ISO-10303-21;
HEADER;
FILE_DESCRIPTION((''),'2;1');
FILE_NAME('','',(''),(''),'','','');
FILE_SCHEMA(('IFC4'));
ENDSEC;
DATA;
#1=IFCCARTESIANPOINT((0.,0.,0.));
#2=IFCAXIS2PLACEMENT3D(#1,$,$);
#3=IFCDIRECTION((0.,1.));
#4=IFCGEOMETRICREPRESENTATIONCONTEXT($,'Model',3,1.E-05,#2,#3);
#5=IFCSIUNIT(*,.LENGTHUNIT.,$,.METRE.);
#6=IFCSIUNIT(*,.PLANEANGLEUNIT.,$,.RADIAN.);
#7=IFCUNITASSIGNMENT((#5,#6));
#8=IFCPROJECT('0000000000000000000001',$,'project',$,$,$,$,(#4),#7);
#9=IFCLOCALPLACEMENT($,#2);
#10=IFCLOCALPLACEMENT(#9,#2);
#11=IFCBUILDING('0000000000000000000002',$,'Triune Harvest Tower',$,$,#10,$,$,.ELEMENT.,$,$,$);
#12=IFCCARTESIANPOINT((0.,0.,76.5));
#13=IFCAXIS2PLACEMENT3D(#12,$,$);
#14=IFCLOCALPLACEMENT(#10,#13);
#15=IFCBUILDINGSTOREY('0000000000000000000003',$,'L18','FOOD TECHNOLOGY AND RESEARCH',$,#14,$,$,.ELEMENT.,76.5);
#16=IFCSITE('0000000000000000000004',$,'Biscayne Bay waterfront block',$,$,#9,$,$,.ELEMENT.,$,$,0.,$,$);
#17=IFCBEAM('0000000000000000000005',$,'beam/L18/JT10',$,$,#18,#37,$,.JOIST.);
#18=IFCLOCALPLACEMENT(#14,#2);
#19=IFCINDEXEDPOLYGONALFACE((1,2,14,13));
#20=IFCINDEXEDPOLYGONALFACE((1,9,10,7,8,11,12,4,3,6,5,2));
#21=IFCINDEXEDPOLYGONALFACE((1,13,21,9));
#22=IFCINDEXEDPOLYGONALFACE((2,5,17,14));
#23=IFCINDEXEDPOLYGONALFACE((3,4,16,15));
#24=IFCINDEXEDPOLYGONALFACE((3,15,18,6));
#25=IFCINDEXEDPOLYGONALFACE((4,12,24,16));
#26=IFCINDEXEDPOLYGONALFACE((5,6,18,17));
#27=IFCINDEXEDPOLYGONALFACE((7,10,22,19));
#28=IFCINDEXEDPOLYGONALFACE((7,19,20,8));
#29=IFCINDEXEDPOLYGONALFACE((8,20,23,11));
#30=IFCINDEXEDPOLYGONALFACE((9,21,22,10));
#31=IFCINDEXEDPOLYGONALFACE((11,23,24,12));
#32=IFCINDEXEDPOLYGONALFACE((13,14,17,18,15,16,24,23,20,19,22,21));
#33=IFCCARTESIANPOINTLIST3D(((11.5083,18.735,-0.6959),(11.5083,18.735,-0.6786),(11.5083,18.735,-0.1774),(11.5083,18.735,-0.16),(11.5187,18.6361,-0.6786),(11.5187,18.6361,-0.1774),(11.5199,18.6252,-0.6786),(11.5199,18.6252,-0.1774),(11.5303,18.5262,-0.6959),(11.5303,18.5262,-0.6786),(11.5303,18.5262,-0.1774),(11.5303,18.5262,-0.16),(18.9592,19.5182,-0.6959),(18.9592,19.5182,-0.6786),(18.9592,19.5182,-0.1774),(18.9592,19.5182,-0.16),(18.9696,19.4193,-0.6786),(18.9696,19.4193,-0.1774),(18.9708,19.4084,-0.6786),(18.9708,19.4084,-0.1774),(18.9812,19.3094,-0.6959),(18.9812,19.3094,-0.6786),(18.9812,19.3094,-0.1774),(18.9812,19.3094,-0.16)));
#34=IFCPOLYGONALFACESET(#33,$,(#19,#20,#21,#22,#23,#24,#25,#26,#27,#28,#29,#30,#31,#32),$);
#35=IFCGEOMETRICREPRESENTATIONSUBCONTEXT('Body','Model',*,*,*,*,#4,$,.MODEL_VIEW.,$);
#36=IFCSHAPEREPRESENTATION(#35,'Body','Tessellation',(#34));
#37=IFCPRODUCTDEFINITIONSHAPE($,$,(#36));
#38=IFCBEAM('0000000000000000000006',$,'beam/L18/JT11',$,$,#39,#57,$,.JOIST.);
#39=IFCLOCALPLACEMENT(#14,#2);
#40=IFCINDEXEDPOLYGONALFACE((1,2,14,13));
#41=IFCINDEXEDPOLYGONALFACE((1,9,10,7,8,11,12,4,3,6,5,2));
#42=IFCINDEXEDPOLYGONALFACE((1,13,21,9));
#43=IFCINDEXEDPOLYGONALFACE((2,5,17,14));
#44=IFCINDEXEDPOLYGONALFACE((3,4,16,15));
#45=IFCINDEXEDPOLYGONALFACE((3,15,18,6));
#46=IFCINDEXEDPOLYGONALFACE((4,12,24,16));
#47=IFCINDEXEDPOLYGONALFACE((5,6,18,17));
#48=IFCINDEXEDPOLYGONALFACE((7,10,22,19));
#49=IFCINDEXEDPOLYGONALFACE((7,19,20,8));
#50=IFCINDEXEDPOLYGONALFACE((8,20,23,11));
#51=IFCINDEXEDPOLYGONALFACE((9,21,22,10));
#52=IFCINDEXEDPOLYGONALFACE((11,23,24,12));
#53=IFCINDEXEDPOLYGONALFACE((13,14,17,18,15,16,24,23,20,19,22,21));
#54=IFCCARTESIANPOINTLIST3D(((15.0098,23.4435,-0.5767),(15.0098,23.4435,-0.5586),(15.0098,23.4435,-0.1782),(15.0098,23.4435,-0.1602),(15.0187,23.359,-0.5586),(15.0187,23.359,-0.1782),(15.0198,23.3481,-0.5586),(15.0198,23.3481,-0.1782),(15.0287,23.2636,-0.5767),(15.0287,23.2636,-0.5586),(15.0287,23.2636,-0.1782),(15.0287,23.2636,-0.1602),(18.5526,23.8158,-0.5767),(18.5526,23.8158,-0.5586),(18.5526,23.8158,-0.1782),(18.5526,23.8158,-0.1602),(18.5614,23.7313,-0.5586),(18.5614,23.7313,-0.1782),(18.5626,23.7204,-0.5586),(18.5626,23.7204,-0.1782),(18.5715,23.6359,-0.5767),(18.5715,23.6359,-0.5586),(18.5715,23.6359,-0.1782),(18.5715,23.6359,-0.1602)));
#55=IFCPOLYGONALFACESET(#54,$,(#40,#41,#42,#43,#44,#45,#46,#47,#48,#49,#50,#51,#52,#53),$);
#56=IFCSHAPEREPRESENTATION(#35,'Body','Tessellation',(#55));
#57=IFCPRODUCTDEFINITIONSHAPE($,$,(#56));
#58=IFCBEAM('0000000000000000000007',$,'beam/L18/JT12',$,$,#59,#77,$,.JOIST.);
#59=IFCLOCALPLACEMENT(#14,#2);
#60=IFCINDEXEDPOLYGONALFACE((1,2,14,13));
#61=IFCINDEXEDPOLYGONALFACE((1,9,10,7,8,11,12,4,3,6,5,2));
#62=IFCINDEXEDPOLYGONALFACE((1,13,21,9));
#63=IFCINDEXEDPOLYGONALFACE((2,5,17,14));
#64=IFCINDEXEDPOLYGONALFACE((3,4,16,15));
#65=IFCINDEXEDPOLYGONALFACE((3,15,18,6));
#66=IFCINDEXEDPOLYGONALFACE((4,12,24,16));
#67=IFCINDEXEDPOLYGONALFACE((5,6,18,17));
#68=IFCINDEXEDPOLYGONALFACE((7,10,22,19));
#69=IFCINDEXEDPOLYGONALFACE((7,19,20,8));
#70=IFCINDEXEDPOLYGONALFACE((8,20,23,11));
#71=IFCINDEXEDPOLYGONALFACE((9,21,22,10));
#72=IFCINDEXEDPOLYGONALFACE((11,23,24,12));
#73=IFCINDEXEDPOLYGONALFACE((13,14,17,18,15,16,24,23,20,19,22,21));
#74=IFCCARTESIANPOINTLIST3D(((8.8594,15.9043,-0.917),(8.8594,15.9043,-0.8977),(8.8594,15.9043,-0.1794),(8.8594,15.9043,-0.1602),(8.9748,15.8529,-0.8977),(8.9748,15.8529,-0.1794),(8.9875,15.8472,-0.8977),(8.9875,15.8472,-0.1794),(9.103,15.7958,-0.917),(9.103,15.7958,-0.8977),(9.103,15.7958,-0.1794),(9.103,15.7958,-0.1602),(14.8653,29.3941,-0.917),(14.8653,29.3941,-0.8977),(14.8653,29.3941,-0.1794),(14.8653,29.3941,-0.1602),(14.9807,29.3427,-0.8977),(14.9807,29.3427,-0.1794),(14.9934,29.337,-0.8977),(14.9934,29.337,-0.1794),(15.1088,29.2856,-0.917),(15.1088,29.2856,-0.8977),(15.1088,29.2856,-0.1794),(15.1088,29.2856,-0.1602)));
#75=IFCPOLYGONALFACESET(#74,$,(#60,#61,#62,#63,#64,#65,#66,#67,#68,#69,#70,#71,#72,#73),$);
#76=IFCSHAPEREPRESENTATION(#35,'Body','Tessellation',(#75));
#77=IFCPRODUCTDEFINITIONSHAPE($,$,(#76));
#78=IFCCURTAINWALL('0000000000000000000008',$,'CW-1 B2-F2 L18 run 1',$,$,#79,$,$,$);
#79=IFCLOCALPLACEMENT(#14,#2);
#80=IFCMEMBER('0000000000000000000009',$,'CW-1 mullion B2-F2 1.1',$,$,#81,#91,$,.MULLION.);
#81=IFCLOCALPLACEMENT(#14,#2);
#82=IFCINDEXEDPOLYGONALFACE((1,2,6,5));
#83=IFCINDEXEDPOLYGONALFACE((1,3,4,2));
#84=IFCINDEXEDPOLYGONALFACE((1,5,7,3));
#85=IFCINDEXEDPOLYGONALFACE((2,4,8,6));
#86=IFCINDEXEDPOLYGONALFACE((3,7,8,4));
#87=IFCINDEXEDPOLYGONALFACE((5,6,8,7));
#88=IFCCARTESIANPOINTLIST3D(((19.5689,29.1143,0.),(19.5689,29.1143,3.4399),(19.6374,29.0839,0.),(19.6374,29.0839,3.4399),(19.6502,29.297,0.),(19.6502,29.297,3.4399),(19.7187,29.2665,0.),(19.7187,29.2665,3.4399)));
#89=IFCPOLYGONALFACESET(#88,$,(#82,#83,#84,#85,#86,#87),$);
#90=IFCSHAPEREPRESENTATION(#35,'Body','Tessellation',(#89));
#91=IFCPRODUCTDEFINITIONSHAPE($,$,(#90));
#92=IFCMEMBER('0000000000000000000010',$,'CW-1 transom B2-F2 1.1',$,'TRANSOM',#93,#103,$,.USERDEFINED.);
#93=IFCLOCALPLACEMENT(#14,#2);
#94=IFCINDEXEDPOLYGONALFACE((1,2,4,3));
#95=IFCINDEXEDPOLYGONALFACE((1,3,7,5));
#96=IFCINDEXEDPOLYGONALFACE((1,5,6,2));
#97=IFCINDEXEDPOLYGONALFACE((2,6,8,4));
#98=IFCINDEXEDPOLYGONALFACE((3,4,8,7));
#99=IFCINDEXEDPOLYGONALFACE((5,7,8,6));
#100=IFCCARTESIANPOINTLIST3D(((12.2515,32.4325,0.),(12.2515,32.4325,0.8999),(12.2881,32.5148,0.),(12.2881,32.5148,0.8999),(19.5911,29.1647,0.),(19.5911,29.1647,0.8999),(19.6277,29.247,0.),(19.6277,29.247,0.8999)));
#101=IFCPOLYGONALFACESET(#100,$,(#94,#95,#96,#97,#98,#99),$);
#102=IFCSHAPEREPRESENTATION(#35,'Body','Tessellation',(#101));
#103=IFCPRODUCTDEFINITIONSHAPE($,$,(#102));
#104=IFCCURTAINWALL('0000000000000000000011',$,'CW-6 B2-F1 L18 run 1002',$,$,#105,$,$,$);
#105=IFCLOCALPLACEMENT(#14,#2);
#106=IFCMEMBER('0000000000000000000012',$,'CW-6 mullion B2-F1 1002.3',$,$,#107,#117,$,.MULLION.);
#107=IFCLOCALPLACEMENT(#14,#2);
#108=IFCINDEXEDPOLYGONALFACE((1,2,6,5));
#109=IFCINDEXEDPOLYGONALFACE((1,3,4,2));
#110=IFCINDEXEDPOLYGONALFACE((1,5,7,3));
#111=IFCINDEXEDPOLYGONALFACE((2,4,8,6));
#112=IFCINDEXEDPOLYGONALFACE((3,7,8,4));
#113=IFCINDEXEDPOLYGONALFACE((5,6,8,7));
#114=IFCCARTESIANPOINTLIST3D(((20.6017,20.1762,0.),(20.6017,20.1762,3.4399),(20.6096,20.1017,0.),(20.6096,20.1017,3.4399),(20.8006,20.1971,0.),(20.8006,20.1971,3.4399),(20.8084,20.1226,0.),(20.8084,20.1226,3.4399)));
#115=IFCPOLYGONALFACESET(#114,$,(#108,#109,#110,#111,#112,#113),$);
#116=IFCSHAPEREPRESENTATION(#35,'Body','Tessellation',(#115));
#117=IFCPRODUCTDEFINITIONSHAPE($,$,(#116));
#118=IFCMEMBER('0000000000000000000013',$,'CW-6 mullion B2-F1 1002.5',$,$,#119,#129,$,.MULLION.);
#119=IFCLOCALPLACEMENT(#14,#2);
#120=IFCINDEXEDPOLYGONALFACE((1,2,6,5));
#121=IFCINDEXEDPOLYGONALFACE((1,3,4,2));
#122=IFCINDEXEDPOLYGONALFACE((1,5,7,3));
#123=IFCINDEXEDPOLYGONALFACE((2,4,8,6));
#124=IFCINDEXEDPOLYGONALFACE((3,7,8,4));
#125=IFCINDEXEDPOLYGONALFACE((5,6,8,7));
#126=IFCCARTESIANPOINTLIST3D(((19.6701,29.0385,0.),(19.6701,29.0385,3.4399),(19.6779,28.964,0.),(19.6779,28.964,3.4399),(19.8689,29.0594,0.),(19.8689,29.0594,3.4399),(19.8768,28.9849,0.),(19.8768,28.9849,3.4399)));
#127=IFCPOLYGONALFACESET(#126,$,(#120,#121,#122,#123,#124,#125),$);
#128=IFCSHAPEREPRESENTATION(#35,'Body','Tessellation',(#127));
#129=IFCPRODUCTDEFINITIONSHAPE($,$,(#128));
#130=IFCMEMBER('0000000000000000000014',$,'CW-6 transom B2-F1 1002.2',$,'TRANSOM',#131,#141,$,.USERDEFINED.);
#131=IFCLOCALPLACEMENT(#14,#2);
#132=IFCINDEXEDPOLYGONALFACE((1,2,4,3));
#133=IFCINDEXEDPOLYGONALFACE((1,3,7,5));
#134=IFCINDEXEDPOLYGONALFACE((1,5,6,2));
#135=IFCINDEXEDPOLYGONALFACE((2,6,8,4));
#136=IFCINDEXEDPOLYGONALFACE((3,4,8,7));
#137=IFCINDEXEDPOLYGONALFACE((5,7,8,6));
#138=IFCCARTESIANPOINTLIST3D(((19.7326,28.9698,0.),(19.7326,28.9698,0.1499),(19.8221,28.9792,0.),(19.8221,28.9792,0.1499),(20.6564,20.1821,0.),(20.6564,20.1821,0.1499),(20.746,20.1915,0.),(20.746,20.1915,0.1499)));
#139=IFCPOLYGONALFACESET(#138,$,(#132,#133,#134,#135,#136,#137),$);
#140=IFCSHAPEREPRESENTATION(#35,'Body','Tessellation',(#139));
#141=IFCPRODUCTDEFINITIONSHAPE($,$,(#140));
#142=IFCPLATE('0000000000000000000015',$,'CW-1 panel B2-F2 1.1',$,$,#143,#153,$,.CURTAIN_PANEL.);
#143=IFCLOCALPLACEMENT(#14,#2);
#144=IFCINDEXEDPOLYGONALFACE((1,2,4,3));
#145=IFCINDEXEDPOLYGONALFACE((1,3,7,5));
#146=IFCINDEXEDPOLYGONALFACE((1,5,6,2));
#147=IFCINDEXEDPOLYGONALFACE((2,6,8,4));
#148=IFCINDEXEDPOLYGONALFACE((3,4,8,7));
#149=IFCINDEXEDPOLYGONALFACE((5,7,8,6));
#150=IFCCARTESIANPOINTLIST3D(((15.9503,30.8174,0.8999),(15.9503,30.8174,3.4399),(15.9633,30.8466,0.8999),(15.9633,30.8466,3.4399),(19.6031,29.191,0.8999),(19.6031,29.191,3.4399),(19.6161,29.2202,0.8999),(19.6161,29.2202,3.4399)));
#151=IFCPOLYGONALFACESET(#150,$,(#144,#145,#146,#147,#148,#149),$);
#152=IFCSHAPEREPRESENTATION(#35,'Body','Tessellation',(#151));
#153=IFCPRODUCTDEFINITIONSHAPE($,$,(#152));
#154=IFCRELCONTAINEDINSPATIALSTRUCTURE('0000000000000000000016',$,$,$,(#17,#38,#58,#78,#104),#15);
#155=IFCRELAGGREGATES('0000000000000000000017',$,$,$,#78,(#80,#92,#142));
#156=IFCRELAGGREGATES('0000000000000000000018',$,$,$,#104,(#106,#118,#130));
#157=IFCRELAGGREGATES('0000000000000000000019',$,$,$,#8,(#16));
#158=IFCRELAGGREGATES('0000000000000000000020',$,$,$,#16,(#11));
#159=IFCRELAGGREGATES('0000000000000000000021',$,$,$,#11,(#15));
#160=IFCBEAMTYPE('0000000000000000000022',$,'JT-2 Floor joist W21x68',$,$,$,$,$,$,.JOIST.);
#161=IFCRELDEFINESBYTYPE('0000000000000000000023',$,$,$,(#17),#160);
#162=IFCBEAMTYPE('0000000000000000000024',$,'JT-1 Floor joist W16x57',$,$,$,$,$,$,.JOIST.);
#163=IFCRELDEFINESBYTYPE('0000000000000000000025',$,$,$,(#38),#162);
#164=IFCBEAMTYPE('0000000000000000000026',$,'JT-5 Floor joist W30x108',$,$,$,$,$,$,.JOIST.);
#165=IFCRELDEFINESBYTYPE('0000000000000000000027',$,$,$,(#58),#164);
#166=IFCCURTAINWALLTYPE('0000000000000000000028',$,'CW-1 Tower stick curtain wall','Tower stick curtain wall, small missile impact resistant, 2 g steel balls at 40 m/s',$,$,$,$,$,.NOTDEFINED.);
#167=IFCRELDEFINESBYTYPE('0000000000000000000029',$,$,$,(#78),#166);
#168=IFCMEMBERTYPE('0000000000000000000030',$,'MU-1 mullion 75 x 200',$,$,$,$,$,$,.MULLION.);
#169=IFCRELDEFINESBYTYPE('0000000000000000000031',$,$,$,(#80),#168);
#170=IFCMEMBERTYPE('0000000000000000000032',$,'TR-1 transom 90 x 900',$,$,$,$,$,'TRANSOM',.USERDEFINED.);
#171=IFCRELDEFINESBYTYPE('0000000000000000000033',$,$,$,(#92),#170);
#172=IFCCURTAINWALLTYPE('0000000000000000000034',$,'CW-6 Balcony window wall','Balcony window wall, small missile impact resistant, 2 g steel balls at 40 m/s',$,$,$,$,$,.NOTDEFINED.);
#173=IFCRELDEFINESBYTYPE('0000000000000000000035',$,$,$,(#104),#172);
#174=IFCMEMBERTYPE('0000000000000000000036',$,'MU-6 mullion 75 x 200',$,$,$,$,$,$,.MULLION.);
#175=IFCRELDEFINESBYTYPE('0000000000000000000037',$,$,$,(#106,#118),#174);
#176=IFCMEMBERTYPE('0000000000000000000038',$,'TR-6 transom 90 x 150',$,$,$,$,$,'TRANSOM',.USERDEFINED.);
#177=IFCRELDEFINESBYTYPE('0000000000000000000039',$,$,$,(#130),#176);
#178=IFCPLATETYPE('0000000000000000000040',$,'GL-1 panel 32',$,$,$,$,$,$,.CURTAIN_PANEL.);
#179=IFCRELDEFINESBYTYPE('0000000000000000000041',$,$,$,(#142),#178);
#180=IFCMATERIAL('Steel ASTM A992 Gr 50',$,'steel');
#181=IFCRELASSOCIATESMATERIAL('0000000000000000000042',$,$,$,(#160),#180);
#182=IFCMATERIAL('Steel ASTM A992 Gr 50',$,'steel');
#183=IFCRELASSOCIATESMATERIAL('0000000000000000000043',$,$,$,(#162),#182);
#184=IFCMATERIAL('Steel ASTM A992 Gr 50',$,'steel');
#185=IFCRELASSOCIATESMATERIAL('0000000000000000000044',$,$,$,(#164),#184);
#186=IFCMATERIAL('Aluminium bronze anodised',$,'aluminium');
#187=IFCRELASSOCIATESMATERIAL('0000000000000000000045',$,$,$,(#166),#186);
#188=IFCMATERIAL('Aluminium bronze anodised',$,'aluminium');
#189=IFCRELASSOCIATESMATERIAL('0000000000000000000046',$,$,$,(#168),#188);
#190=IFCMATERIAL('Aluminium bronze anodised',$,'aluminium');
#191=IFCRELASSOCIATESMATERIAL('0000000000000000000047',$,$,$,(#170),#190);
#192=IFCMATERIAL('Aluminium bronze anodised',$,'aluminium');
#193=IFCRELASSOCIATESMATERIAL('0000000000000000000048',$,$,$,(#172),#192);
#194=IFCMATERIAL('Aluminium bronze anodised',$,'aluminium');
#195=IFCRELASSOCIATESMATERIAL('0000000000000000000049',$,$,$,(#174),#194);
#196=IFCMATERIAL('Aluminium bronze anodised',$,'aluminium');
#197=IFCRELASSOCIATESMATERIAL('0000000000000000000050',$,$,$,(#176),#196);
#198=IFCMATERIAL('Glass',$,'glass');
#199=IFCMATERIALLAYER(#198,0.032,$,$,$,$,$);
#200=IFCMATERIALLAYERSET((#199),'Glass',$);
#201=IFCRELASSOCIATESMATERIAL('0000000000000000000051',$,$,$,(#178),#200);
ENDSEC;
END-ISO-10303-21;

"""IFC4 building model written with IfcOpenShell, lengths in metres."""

from ifc_helpers import new_model, si_unit, direction, frame, origin, origin_2d, place, context, subcontext, project, spatial, rectangle, i_section, extrude, source, transform, mapped, material, layer, layer_set, material_profile, profile_set, type_object, element, aggregate, save


model = new_model("IFC4")

# Units and contexts
model_context = context("Model", 3, precision=1e-05, world=origin(), true_north=direction((0.0, 1.0)))
body_context = subcontext(model_context, "Body", "Model", "MODEL_VIEW")
ifc_project = project(units=[si_unit("LENGTHUNIT", "METRE"), si_unit("PLANEANGLEUNIT", "RADIAN")], contexts=[model_context])

# Site, building, storey
site_placement = place(None, origin())
site = spatial("IfcSite", under=ifc_project, at=site_placement, Name="Biscayne Bay waterfront block", CompositionType="ELEMENT", RefElevation=0.0)
building_placement = place(site_placement, origin())
building = spatial("IfcBuilding", under=site, at=building_placement, Name="Triune Harvest Tower", CompositionType="ELEMENT")
storey_placement = place(building_placement, frame((0.0, 0.0, 76.5)))
storey = spatial("IfcBuildingStorey", under=building, at=storey_placement, Name="L18", Description="FOOD TECHNOLOGY AND RESEARCH", CompositionType="ELEMENT", Elevation=76.5)

# Beams
ifc_material_1 = material(Name="Steel ASTM A992 Gr 50", Category="steel")
ifc_material_profile_1 = material_profile(ifc_material_1, i_section(OverallWidth=0.21, OverallDepth=0.5359, WebThickness=0.011, FlangeThickness=0.0173, at=origin_2d()), Name="W21x68")
ifc_profile_set_1 = profile_set([ifc_material_profile_1], Name="Steel ASTM A992 Gr 50")
beam_type_1 = type_object("IfcBeamType", Name="JT-2 Floor joist W21x68", PredefinedType="JOIST", material=ifc_profile_set_1)
shared_shape_1 = source(origin(), body_context, "Body", "SweptSolid", [
    extrude(i_section(OverallWidth=0.21, OverallDepth=0.5359, WebThickness=0.011, FlangeThickness=0.0173, at=origin_2d()), origin(), (0.0, 0.0, 1.0), 7.4919),
])
beam_1_placement = place(storey_placement, frame((18.9702, 19.4138, -0.428), z_axis=(-0.994521, -0.104539, 0.0), x_axis=(0.104539, -0.994521, 0.0)))
element("IfcBeam", 1, at=beam_1_placement, inside=storey, type_object=beam_type_1, Name="beam/L18/JT10", PredefinedType="JOIST", context=body_context, shape_type="MappedRepresentation", body=[
    mapped(shared_shape_1, transform((0.0, 0.0, 0.0), scale=1.0)),
])
ifc_material_2 = material(Name="Steel ASTM A992 Gr 50", Category="steel")
ifc_material_profile_2 = material_profile(ifc_material_2, i_section(OverallWidth=0.1809, OverallDepth=0.4165, WebThickness=0.011, FlangeThickness=0.0181, at=origin_2d()), Name="W16x57")
ifc_profile_set_2 = profile_set([ifc_material_profile_2], Name="Steel ASTM A992 Gr 50")
beam_type_2 = type_object("IfcBeamType", Name="JT-1 Floor joist W16x57", PredefinedType="JOIST", material=ifc_profile_set_2)
shared_shape_2 = source(origin(), body_context, "Body", "SweptSolid", [
    extrude(i_section(OverallWidth=0.1809, OverallDepth=0.4165, WebThickness=0.011, FlangeThickness=0.0181, at=origin_2d()), origin(), (0.0, 0.0, 1.0), 3.5623),
])
beam_2_placement = place(storey_placement, frame((18.562, 23.7258, -0.3684), z_axis=(-0.994523, -0.104517, 0.0), x_axis=(0.104517, -0.994523, 0.0)))
element("IfcBeam", 2, at=beam_2_placement, inside=storey, type_object=beam_type_2, Name="beam/L18/JT11", PredefinedType="JOIST", context=body_context, shape_type="MappedRepresentation", body=[
    mapped(shared_shape_2, transform((0.0, 0.0, 0.0), scale=1.0)),
])
ifc_material_3 = material(Name="Steel ASTM A992 Gr 50", Category="steel")
ifc_material_profile_3 = material_profile(ifc_material_3, i_section(OverallWidth=0.2666, OverallDepth=0.7568, WebThickness=0.0139, FlangeThickness=0.0193, at=origin_2d()), Name="W30x108")
ifc_profile_set_3 = profile_set([ifc_material_profile_3], Name="Steel ASTM A992 Gr 50")
beam_type_3 = type_object("IfcBeamType", Name="JT-5 Floor joist W30x108", PredefinedType="JOIST", material=ifc_profile_set_3)
shared_shape_3 = source(origin(), body_context, "Body", "SweptSolid", [
    extrude(i_section(OverallWidth=0.2666, OverallDepth=0.7568, WebThickness=0.0139, FlangeThickness=0.0193, at=origin_2d()), origin(), (0.0, 0.0, 1.0), 14.7664),
])
beam_3_placement = place(storey_placement, frame((14.9871, 29.3398, -0.5386), z_axis=(-0.406727, -0.91355, 0.0), x_axis=(0.91355, -0.406727, 0.0)))
element("IfcBeam", 3, at=beam_3_placement, inside=storey, type_object=beam_type_3, Name="beam/L18/JT12", PredefinedType="JOIST", context=body_context, shape_type="MappedRepresentation", body=[
    mapped(shared_shape_3, transform((0.0, 0.0, 0.0), scale=1.0)),
])

# Curtain walls, members
ifc_material_4 = material(Name="Aluminium bronze anodised", Category="aluminium")
curtain_wall_type_1 = type_object("IfcCurtainWallType", Name="CW-1 Tower stick curtain wall", Description="Tower stick curtain wall, small missile impact resistant, 2 g steel balls at 40 m/s", PredefinedType="NOTDEFINED", material=ifc_material_4)
curtain_wall_1_placement = place(storey_placement, origin())
curtain_wall_1 = element("IfcCurtainWall", 4, at=curtain_wall_1_placement, inside=storey, type_object=curtain_wall_type_1, Name="CW-1 B2-F2 L18 run 1")
ifc_material_5 = material(Name="Aluminium bronze anodised", Category="aluminium")
ifc_material_profile_4 = material_profile(ifc_material_5, rectangle(XDim=0.2, YDim=0.075, at=origin_2d()), Name="MU-1 mullion 75 x 200")
ifc_profile_set_4 = profile_set([ifc_material_profile_4], Name="Aluminium bronze anodised")
member_type_1 = type_object("IfcMemberType", Name="MU-1 mullion 75 x 200", PredefinedType="MULLION", material=ifc_profile_set_4)
shared_shape_4 = source(origin(), body_context, "Body", "SweptSolid", [
    extrude(rectangle(XDim=0.2, YDim=0.075, at=origin_2d()), origin(), (0.0, 0.0, 1.0), 3.4399),
])
member_1_placement = place(storey_placement, frame((19.6438, 29.1904, 0.0), z_axis=(0.0, 0.0, 1.0), x_axis=(-0.406734, -0.913547, 0.0)))
member_1 = element("IfcMember", 5, at=member_1_placement, type_object=member_type_1, Name="CW-1 mullion B2-F2 1.1", PredefinedType="MULLION", context=body_context, shape_type="MappedRepresentation", body=[
    mapped(shared_shape_4, transform((0.0, 0.0, 0.0), scale=1.0)),
])
ifc_material_6 = material(Name="Aluminium bronze anodised", Category="aluminium")
ifc_material_profile_5 = material_profile(ifc_material_6, rectangle(XDim=0.0901, YDim=0.8999, at=origin_2d()), Name="TR-1 transom 90 x 900")
ifc_profile_set_5 = profile_set([ifc_material_profile_5], Name="Aluminium bronze anodised")
member_type_2 = type_object("IfcMemberType", Name="TR-1 transom 90 x 900", ElementType="TRANSOM", PredefinedType="USERDEFINED", material=ifc_profile_set_5)
shared_shape_5 = source(origin(), body_context, "Body", "SweptSolid", [
    extrude(rectangle(XDim=0.0901, YDim=0.8999, at=origin_2d()), origin(), (0.0, 0.0, 1.0), 8.0342),
])
member_2_placement = place(storey_placement, frame((19.6094, 29.2058, 0.45), z_axis=(-0.913544, 0.406739, 0.0), x_axis=(-0.406739, -0.913544, 0.0)))
member_2 = element("IfcMember", 6, at=member_2_placement, type_object=member_type_2, Name="CW-1 transom B2-F2 1.1", ObjectType="TRANSOM", PredefinedType="USERDEFINED", context=body_context, shape_type="MappedRepresentation", body=[
    mapped(shared_shape_5, transform((0.0, 0.0, 0.0), scale=1.0)),
])
ifc_material_7 = material(Name="Aluminium bronze anodised", Category="aluminium")
curtain_wall_type_2 = type_object("IfcCurtainWallType", Name="CW-6 Balcony window wall", Description="Balcony window wall, small missile impact resistant, 2 g steel balls at 40 m/s", PredefinedType="NOTDEFINED", material=ifc_material_7)
curtain_wall_2_placement = place(storey_placement, origin())
curtain_wall_2 = element("IfcCurtainWall", 7, at=curtain_wall_2_placement, inside=storey, type_object=curtain_wall_type_2, Name="CW-6 B2-F1 L18 run 1002")
ifc_material_8 = material(Name="Aluminium bronze anodised", Category="aluminium")
ifc_material_profile_6 = material_profile(ifc_material_8, rectangle(XDim=0.2, YDim=0.075, at=origin_2d()), Name="MU-6 mullion 75 x 200")
ifc_profile_set_6 = profile_set([ifc_material_profile_6], Name="Aluminium bronze anodised")
member_type_3 = type_object("IfcMemberType", Name="MU-6 mullion 75 x 200", PredefinedType="MULLION", material=ifc_profile_set_6)
shared_shape_6 = source(origin(), body_context, "Body", "SweptSolid", [
    extrude(rectangle(XDim=0.2, YDim=0.075, at=origin_2d()), origin(), (0.0, 0.0, 1.0), 3.4399),
])
member_3_placement = place(storey_placement, frame((20.7051, 20.1494, 0.0), z_axis=(0.0, 0.0, 1.0), x_axis=(-0.994522, -0.104529, 0.0)))
member_3 = element("IfcMember", 8, at=member_3_placement, type_object=member_type_3, Name="CW-6 mullion B2-F1 1002.3", PredefinedType="MULLION", context=body_context, shape_type="MappedRepresentation", body=[
    mapped(shared_shape_6, transform((0.0, 0.0, 0.0), scale=1.0)),
])
member_4_placement = place(storey_placement, frame((19.7734, 29.0117, 0.0), z_axis=(0.0, 0.0, 1.0), x_axis=(-0.994522, -0.104529, 0.0)))
member_4 = element("IfcMember", 9, at=member_4_placement, type_object=member_type_3, Name="CW-6 mullion B2-F1 1002.5", PredefinedType="MULLION", context=body_context, shape_type="MappedRepresentation", body=[
    mapped(shared_shape_6, transform((0.0, 0.0, 0.0), scale=1.0)),
])
ifc_material_9 = material(Name="Aluminium bronze anodised", Category="aluminium")
ifc_material_profile_7 = material_profile(ifc_material_9, rectangle(XDim=0.0901, YDim=0.1499, at=origin_2d()), Name="TR-6 transom 90 x 150")
ifc_profile_set_7 = profile_set([ifc_material_profile_7], Name="Aluminium bronze anodised")
member_type_4 = type_object("IfcMemberType", Name="TR-6 transom 90 x 150", ElementType="TRANSOM", PredefinedType="USERDEFINED", material=ifc_profile_set_7)
shared_shape_7 = source(origin(), body_context, "Body", "SweptSolid", [
    extrude(rectangle(XDim=0.0901, YDim=0.1499, at=origin_2d()), origin(), (0.0, 0.0, 1.0), 8.8362),
])
member_5_placement = place(storey_placement, frame((20.7012, 20.1868, 0.075), z_axis=(-0.10455, 0.99452, 0.0), x_axis=(-0.99452, -0.10455, 0.0)))
member_5 = element("IfcMember", 10, at=member_5_placement, type_object=member_type_4, Name="CW-6 transom B2-F1 1002.2", ObjectType="TRANSOM", PredefinedType="USERDEFINED", context=body_context, shape_type="MappedRepresentation", body=[
    mapped(shared_shape_7, transform((0.0, 0.0, 0.0), scale=1.0)),
])

# Plate
ifc_material_10 = material(Name="Glass", Category="glass")
ifc_layer_1 = layer(ifc_material_10, 0.032)
ifc_layer_set_1 = layer_set([ifc_layer_1], Name="Glass")
plate_type_1 = type_object("IfcPlateType", Name="GL-1 panel 32", PredefinedType="CURTAIN_PANEL", material=ifc_layer_set_1)
shared_shape_8 = source(origin(), body_context, "Body", "SweptSolid", [
    extrude(rectangle(XDim=3.9985, YDim=0.032, at=origin_2d()), origin(), (0.0, 0.0, 1.0), 2.54),
])
plate_1_placement = place(storey_placement, frame((17.7832, 30.0188, 0.8999), z_axis=(0.0, 0.0, 1.0), x_axis=(-0.913547, 0.406734, 0.0)))
plate_1 = element("IfcPlate", 11, at=plate_1_placement, type_object=plate_type_1, Name="CW-1 panel B2-F2 1.1", PredefinedType="CURTAIN_PANEL", context=body_context, shape_type="MappedRepresentation", body=[
    mapped(shared_shape_8, transform((0.0, 0.0, 0.0), scale=1.0)),
])
aggregate(curtain_wall_1, [member_1, member_2, plate_1])
aggregate(curtain_wall_2, [member_3, member_4, member_5])

save(model, "model.ifc")
